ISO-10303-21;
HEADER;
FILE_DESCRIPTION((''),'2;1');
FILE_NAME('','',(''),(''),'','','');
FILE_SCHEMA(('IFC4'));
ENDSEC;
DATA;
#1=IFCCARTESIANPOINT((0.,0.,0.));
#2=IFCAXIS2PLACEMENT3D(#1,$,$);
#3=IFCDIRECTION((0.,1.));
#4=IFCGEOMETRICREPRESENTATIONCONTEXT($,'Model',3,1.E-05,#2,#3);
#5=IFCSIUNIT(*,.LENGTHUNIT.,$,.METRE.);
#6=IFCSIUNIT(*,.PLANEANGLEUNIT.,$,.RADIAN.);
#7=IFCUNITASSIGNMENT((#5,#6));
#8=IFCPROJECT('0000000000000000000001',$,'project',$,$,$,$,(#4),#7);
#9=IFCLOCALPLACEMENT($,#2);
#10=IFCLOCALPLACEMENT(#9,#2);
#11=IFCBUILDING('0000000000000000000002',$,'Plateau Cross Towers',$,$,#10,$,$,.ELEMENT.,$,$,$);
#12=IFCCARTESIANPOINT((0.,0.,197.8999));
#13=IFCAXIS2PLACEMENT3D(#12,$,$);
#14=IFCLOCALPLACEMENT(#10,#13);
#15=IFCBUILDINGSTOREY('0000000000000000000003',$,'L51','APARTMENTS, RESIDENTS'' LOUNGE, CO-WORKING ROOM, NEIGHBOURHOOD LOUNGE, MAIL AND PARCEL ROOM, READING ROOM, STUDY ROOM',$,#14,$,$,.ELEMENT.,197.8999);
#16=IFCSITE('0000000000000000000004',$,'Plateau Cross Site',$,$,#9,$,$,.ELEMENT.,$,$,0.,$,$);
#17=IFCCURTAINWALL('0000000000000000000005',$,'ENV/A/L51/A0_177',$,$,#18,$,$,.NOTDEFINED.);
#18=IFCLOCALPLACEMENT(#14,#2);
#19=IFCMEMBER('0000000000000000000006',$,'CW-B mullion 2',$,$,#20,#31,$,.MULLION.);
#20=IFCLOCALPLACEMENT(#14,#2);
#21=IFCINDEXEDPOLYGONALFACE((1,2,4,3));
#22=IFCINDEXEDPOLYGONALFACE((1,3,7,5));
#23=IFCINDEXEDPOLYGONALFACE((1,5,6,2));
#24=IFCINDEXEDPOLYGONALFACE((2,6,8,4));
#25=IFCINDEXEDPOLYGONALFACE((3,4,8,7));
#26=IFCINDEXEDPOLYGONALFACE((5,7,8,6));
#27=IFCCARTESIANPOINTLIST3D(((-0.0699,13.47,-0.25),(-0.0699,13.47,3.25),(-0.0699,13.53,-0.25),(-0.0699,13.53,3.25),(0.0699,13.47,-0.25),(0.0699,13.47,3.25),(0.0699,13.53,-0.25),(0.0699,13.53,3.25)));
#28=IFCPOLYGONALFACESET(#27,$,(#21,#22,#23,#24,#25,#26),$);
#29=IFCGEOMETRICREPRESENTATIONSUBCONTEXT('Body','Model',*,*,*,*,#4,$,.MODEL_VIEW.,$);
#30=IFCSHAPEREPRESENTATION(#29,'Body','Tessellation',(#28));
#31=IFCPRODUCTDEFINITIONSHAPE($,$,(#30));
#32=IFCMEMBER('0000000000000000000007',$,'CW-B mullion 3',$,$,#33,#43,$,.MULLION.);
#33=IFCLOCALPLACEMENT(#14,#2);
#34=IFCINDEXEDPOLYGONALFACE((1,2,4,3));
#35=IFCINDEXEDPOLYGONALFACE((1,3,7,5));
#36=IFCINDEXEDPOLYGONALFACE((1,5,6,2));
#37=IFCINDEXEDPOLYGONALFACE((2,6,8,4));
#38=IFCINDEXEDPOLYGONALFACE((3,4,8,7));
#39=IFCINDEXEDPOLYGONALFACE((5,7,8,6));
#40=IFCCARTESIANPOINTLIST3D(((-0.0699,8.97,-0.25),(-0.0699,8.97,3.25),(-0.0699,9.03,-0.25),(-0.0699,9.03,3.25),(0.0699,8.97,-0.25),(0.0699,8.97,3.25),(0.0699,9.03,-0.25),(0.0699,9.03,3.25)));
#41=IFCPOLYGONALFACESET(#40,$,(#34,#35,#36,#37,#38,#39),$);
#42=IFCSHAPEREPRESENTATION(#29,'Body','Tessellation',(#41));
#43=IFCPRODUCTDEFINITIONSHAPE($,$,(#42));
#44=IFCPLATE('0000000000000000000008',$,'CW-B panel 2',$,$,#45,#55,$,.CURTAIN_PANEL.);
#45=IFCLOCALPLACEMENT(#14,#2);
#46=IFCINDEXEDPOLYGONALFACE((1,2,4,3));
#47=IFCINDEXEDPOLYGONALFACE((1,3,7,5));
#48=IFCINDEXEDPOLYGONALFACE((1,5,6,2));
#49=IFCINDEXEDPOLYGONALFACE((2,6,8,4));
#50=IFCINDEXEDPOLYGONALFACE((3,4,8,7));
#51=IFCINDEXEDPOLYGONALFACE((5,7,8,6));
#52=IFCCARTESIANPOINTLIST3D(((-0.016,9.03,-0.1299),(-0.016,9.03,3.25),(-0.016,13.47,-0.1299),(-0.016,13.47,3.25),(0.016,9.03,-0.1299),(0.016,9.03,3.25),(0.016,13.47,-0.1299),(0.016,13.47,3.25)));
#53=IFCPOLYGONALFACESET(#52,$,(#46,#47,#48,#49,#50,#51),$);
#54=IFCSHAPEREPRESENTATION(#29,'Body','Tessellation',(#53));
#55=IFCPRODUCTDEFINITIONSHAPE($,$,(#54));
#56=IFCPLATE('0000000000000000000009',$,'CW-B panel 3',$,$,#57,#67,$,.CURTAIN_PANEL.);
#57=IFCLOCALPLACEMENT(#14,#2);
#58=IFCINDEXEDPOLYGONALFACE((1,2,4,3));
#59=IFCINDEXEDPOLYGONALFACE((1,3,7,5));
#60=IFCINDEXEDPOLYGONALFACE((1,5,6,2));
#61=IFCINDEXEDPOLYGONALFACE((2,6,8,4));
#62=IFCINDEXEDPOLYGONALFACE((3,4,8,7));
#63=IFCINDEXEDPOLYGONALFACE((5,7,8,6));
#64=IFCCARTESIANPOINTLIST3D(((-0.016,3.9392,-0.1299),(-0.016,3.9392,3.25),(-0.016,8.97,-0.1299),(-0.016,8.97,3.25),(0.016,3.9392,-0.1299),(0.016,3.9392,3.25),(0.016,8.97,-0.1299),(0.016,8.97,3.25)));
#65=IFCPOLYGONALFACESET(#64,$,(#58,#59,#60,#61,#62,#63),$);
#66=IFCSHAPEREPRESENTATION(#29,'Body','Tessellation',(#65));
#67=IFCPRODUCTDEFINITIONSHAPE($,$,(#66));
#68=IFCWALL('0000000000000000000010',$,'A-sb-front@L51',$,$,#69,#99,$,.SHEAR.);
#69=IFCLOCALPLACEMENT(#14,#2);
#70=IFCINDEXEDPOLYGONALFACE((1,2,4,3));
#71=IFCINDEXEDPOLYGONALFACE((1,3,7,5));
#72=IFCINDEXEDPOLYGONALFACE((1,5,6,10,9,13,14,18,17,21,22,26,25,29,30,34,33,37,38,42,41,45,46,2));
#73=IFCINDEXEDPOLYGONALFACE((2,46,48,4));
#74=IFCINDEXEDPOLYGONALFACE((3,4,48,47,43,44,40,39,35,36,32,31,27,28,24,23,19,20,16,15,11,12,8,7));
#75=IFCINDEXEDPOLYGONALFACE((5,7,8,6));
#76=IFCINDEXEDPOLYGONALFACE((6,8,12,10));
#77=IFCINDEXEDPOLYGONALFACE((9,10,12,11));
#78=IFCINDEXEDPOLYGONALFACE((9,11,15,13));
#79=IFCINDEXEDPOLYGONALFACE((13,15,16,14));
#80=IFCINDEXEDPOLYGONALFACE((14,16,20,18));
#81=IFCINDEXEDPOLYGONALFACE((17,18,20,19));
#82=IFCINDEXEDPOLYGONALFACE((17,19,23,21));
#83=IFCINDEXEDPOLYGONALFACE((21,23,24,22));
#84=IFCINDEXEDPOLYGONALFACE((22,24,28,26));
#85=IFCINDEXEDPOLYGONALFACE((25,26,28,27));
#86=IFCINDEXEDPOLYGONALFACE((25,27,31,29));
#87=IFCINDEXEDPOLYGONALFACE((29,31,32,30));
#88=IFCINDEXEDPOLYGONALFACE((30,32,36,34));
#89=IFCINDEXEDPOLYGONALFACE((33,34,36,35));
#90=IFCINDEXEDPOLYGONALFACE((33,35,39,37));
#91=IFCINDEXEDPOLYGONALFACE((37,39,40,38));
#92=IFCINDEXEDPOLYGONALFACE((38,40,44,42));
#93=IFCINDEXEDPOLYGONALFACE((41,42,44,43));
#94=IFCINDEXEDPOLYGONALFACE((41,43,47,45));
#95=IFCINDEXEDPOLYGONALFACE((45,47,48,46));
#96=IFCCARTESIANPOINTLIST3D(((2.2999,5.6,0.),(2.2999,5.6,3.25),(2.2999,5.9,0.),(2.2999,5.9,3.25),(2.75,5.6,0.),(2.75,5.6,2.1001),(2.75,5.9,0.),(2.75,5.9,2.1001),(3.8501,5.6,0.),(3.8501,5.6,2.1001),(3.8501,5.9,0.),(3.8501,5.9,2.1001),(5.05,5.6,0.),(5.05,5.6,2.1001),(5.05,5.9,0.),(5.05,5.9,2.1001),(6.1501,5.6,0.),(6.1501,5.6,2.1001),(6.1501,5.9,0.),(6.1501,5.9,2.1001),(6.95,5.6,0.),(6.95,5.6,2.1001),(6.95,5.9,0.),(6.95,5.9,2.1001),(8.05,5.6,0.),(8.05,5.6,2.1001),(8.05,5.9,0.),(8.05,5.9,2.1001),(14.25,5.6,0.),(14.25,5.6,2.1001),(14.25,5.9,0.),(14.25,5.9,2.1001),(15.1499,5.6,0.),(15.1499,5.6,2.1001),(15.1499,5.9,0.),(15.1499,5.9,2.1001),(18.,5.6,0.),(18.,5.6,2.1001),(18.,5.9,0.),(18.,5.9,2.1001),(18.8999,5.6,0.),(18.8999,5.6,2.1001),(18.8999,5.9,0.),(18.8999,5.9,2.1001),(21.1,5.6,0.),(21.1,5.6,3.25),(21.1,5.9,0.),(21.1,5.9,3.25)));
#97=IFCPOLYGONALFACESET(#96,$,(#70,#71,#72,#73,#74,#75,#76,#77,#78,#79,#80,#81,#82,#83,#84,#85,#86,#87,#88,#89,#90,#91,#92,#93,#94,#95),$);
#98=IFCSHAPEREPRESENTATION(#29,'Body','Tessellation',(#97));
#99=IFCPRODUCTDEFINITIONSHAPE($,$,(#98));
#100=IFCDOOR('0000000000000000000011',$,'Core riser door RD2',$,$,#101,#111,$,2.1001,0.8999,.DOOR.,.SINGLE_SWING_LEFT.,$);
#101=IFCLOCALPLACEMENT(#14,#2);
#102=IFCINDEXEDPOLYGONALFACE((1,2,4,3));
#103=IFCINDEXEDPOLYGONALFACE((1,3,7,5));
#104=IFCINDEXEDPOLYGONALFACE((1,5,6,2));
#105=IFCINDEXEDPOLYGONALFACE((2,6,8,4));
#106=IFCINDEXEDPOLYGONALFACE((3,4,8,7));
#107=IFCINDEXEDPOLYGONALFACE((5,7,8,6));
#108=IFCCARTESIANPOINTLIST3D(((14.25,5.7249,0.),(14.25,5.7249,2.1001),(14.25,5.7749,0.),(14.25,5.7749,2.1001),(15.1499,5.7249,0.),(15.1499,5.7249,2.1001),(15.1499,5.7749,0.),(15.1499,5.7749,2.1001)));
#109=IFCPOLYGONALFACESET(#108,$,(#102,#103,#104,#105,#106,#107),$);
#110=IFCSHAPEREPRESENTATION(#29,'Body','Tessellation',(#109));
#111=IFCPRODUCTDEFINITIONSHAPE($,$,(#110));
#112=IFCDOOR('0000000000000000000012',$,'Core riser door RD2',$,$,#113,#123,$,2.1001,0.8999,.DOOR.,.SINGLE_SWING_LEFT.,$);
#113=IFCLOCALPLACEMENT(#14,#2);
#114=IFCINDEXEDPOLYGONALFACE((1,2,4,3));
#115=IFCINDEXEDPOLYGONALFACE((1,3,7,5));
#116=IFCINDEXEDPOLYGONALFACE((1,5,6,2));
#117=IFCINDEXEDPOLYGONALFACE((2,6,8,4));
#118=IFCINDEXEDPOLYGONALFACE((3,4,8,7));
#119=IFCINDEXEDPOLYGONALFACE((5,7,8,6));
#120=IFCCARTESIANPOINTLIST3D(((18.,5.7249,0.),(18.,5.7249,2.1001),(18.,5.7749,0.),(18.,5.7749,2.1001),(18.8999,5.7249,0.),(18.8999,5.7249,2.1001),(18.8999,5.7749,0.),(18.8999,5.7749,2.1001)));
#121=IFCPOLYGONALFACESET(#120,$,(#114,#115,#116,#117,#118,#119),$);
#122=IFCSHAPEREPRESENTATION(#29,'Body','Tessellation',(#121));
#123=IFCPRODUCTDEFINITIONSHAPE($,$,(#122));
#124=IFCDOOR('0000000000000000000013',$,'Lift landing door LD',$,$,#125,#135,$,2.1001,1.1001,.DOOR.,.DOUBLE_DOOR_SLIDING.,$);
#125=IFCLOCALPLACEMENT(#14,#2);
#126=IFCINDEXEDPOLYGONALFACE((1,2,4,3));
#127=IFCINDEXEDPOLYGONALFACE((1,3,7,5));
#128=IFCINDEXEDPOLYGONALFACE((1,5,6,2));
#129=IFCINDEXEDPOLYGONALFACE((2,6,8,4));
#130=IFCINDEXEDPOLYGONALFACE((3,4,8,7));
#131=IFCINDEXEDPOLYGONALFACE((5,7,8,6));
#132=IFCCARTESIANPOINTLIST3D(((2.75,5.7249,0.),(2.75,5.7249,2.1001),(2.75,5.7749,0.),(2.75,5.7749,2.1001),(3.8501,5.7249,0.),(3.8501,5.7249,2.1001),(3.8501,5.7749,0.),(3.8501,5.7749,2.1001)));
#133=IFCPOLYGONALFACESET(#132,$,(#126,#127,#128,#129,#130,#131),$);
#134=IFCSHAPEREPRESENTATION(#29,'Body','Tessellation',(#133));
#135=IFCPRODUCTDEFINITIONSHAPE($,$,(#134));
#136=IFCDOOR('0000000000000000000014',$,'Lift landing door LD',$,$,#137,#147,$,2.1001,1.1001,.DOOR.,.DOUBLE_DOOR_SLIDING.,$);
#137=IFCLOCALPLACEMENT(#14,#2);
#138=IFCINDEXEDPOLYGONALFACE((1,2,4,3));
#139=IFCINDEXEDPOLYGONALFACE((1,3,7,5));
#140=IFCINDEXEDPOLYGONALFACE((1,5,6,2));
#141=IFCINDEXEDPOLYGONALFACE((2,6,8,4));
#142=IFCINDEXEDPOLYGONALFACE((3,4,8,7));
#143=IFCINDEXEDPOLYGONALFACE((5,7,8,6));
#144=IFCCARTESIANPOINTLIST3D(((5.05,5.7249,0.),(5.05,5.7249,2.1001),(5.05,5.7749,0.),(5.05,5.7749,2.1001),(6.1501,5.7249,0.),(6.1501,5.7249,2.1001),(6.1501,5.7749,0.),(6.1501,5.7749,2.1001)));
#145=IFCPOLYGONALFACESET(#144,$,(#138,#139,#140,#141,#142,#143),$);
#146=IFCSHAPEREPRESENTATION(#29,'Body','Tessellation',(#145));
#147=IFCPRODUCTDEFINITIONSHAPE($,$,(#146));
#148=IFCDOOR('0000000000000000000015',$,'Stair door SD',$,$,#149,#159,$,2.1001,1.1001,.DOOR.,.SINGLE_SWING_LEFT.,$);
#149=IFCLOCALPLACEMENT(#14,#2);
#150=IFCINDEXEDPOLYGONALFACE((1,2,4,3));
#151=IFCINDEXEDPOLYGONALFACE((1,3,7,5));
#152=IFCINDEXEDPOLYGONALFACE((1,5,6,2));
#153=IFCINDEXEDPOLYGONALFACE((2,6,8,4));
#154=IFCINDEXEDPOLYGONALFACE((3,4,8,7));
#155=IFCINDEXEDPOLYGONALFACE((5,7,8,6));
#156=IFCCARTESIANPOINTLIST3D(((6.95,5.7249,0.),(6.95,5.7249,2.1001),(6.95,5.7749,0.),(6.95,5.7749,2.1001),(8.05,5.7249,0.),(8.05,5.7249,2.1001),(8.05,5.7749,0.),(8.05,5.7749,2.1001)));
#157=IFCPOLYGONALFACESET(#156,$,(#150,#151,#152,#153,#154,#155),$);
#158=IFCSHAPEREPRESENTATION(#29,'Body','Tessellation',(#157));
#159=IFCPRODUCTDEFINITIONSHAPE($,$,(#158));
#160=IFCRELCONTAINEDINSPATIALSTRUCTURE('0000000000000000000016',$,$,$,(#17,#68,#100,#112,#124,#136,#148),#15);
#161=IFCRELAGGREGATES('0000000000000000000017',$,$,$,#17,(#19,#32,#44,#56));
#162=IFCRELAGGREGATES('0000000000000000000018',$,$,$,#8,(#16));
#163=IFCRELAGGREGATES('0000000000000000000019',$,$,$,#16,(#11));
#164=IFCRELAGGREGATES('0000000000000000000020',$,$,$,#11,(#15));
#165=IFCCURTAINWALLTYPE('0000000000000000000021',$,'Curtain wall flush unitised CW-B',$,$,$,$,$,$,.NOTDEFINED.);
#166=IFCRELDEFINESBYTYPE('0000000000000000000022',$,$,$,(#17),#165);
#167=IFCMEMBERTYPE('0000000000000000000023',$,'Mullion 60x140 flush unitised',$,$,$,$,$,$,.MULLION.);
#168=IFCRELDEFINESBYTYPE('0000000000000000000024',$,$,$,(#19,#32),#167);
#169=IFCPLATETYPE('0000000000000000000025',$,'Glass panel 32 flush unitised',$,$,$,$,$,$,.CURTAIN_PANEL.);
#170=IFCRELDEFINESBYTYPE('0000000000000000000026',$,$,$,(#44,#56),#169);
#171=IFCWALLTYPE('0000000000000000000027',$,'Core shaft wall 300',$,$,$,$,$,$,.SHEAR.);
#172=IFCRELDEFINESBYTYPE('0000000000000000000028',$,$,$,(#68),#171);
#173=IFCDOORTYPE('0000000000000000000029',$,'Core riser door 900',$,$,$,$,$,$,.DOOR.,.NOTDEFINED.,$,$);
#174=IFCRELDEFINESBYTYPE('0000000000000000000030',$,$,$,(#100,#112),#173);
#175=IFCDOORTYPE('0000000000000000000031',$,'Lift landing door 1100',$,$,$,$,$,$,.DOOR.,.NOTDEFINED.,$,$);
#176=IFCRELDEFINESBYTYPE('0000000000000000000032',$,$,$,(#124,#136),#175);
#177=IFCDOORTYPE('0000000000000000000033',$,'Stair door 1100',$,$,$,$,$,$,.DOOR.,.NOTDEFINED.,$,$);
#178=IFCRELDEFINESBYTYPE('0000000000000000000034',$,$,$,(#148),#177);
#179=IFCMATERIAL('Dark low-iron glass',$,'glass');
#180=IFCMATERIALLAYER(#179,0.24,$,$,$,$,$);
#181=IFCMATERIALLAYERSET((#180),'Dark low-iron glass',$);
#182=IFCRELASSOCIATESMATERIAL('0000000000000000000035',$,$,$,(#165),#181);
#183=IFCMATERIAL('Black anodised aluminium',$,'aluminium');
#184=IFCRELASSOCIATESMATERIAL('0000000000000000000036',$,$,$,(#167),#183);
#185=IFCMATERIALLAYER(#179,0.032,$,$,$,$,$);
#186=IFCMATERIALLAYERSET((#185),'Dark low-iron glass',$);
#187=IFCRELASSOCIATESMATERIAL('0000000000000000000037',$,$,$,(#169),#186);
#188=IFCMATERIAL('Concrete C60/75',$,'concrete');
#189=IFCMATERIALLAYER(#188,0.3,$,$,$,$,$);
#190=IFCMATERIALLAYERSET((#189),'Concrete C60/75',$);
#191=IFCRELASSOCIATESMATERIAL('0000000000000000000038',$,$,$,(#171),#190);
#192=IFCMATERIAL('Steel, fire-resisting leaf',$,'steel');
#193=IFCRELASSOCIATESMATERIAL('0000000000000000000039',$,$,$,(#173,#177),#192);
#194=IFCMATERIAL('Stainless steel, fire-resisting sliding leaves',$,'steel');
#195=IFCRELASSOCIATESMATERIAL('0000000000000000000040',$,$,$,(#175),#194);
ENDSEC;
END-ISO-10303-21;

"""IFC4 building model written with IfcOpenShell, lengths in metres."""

from ifc_helpers import new_model, si_unit, direction, frame, frame_2d, origin, origin_2d, place, context, subcontext, project, spatial, rectangle, extrude, material, layer, layer_set, material_profile, profile_set, type_object, element, fill, aggregate, save


model = new_model("IFC4")

# Units and contexts
model_context = context("Model", 3, precision=1e-05, world=origin(), true_north=direction((0.0, 1.0)))
body_context = subcontext(model_context, "Body", "Model", "MODEL_VIEW")
ifc_project = project(units=[si_unit("LENGTHUNIT", "METRE"), si_unit("PLANEANGLEUNIT", "RADIAN")], contexts=[model_context])

# Site, building, storey
site_placement = place(None, origin())
site = spatial("IfcSite", under=ifc_project, at=site_placement, Name="Plateau Cross Site", CompositionType="ELEMENT", RefElevation=0.0)
building_placement = place(site_placement, origin())
building = spatial("IfcBuilding", under=site, at=building_placement, Name="Plateau Cross Towers", CompositionType="ELEMENT")
storey_placement = place(building_placement, frame((0.0, 0.0, 197.8999)))
storey = spatial("IfcBuildingStorey", under=building, at=storey_placement, Name="L51", Description="APARTMENTS, RESIDENTS' LOUNGE, CO-WORKING ROOM, NEIGHBOURHOOD LOUNGE, MAIL AND PARCEL ROOM, READING ROOM, STUDY ROOM", CompositionType="ELEMENT", Elevation=197.8999)

# Curtain wall, members, plates
ifc_material_1 = material(Name="Dark low-iron glass", Category="glass")
ifc_layer_1 = layer(ifc_material_1, 0.24)
ifc_layer_set_1 = layer_set([ifc_layer_1], Name="Dark low-iron glass")
curtain_wall_type = type_object("IfcCurtainWallType", Name="Curtain wall flush unitised CW-B", PredefinedType="NOTDEFINED", material=ifc_layer_set_1)
curtain_wall_placement = place(storey_placement, origin())
curtain_wall = element("IfcCurtainWall", 1, at=curtain_wall_placement, inside=storey, type_object=curtain_wall_type, Name="ENV/A/L51/A0_177", PredefinedType="NOTDEFINED")
ifc_material_2 = material(Name="Black anodised aluminium", Category="aluminium")
ifc_material_profile = material_profile(ifc_material_2, rectangle(XDim=0.0601, YDim=0.1399, at=origin_2d()), Name="MULLION 60x140")
ifc_profile_set = profile_set([ifc_material_profile], Name="Black anodised aluminium")
member_type = type_object("IfcMemberType", Name="Mullion 60x140 flush unitised", PredefinedType="MULLION", material=ifc_profile_set)
member_1_placement = place(storey_placement, frame((0.0, 13.5, -0.25), z_axis=(0.0, 0.0, 1.0), x_axis=(0.0, -1.0, 0.0)))
member_1 = element("IfcMember", 2, at=member_1_placement, type_object=member_type, Name="CW-B mullion 2", PredefinedType="MULLION", context=body_context, shape_type="SweptSolid", body=[
    extrude(rectangle(XDim=0.0601, YDim=0.1399, at=origin_2d()), origin(), (0.0, 0.0, 1.0), 3.5),
])
member_2_placement = place(storey_placement, frame((0.0, 9.0, -0.25), z_axis=(0.0, 0.0, 1.0), x_axis=(0.0, -1.0, 0.0)))
member_2 = element("IfcMember", 3, at=member_2_placement, type_object=member_type, Name="CW-B mullion 3", PredefinedType="MULLION", context=body_context, shape_type="SweptSolid", body=[
    extrude(rectangle(XDim=0.0601, YDim=0.1399, at=origin_2d()), origin(), (0.0, 0.0, 1.0), 3.5),
])
ifc_layer_2 = layer(ifc_material_1, 0.032)
ifc_layer_set_2 = layer_set([ifc_layer_2], Name="Dark low-iron glass")
plate_type = type_object("IfcPlateType", Name="Glass panel 32 flush unitised", PredefinedType="CURTAIN_PANEL", material=ifc_layer_set_2)
plate_1_placement = place(storey_placement, frame((0.0, 11.25, -0.1299), z_axis=(0.0, 0.0, 1.0), x_axis=(0.0, -1.0, 0.0)))
plate_1 = element("IfcPlate", 4, at=plate_1_placement, type_object=plate_type, Name="CW-B panel 2", PredefinedType="CURTAIN_PANEL", context=body_context, shape_type="SweptSolid", body=[
    extrude(rectangle(XDim=4.4399, YDim=0.032, at=origin_2d()), origin(), (0.0, 0.0, 1.0), 3.3799),
])
plate_2_placement = place(storey_placement, frame((0.0, 6.4546, -0.1299), z_axis=(0.0, 0.0, 1.0), x_axis=(0.0, -1.0, 0.0)))
plate_2 = element("IfcPlate", 5, at=plate_2_placement, type_object=plate_type, Name="CW-B panel 3", PredefinedType="CURTAIN_PANEL", context=body_context, shape_type="SweptSolid", body=[
    extrude(rectangle(XDim=5.0308, YDim=0.032, at=origin_2d()), origin(), (0.0, 0.0, 1.0), 3.3799),
])
aggregate(curtain_wall, [member_1, member_2, plate_1, plate_2])

# Wall, openings, doors
ifc_material_3 = material(Name="Concrete C60/75", Category="concrete")
ifc_layer_3 = layer(ifc_material_3, 0.3)
ifc_layer_set_3 = layer_set([ifc_layer_3], Name="Concrete C60/75")
wall_type = type_object("IfcWallType", Name="Core shaft wall 300", PredefinedType="SHEAR", material=ifc_layer_set_3)
wall_1_placement = place(storey_placement, frame((2.3, 5.75, 0.0), z_axis=(0.0, 0.0, 1.0), x_axis=(1.0, 0.0, 0.0)))
wall_1 = element("IfcWall", 6, at=wall_1_placement, inside=storey, type_object=wall_type, Name="A-sb-front@L51", PredefinedType="SHEAR", context=body_context, shape_type="SweptSolid", body=[
    extrude(rectangle(XDim=18.8, YDim=0.3, at=frame_2d((9.3999, 0.0))), origin(), (0.0, 0.0, 1.0), 3.25),
])
opening_1_placement = place(wall_1_placement, frame((4.6499, 0.0, 0.0)))
opening_1 = element("IfcOpeningElement", 7, at=opening_1_placement, cuts=wall_1, PredefinedType="OPENING", context=body_context, shape_type="SweptSolid", body=[
    extrude(rectangle(XDim=1.1001, YDim=2.1001, at=frame_2d((0.55, 1.05))), frame((0.0, 0.1599, 0.0), z_axis=(0.0, -1.0, 0.0), x_axis=(1.0, 0.0, 0.0)), (0.0, 0.0, 1.0), 0.3201),
])
opening_2_placement = place(wall_1_placement, frame((0.45, 0.0, 0.0)))
opening_2 = element("IfcOpeningElement", 8, at=opening_2_placement, cuts=wall_1, PredefinedType="OPENING", context=body_context, shape_type="SweptSolid", body=[
    extrude(rectangle(XDim=1.1001, YDim=2.1001, at=frame_2d((0.55, 1.05))), frame((0.0, 0.1599, 0.0), z_axis=(0.0, -1.0, 0.0), x_axis=(1.0, 0.0, 0.0)), (0.0, 0.0, 1.0), 0.3201),
])
opening_3_placement = place(wall_1_placement, frame((2.75, 0.0, 0.0)))
opening_3 = element("IfcOpeningElement", 9, at=opening_3_placement, cuts=wall_1, PredefinedType="OPENING", context=body_context, shape_type="SweptSolid", body=[
    extrude(rectangle(XDim=1.1001, YDim=2.1001, at=frame_2d((0.55, 1.05))), frame((0.0, 0.1599, 0.0), z_axis=(0.0, -1.0, 0.0), x_axis=(1.0, 0.0, 0.0)), (0.0, 0.0, 1.0), 0.3201),
])
opening_4_placement = place(wall_1_placement, frame((11.95, 0.0, 0.0)))
opening_4 = element("IfcOpeningElement", 10, at=opening_4_placement, cuts=wall_1, PredefinedType="OPENING", context=body_context, shape_type="SweptSolid", body=[
    extrude(rectangle(XDim=0.8999, YDim=2.1001, at=frame_2d((0.45, 1.05))), frame((0.0, 0.1599, 0.0), z_axis=(0.0, -1.0, 0.0), x_axis=(1.0, 0.0, 0.0)), (0.0, 0.0, 1.0), 0.3201),
])
opening_5_placement = place(wall_1_placement, frame((15.7, 0.0, 0.0)))
opening_5 = element("IfcOpeningElement", 11, at=opening_5_placement, cuts=wall_1, PredefinedType="OPENING", context=body_context, shape_type="SweptSolid", body=[
    extrude(rectangle(XDim=0.8999, YDim=2.1001, at=frame_2d((0.45, 1.05))), frame((0.0, 0.1599, 0.0), z_axis=(0.0, -1.0, 0.0), x_axis=(1.0, 0.0, 0.0)), (0.0, 0.0, 1.0), 0.3201),
])
ifc_material_4 = material(Name="Steel, fire-resisting leaf", Category="steel")
door_type_1 = type_object("IfcDoorType", Name="Core riser door 900", OperationType="NOTDEFINED", PredefinedType="DOOR", material=ifc_material_4)
door_1_placement = place(opening_4_placement, origin())
door_1 = element("IfcDoor", 12, at=door_1_placement, inside=storey, type_object=door_type_1, Name="Core riser door RD2", OperationType="SINGLE_SWING_LEFT", OverallHeight=2.1001, OverallWidth=0.8999, PredefinedType="DOOR", context=body_context, shape_type="SweptSolid", body=[
    extrude(rectangle(XDim=0.8999, YDim=2.1001, at=frame_2d((0.45, 1.05))), frame((0.0, 0.0249, 0.0), z_axis=(0.0, -1.0, 0.0), x_axis=(1.0, 0.0, 0.0)), (0.0, 0.0, 1.0), 0.05),
])
fill(opening_4, door_1)
door_2_placement = place(opening_5_placement, origin())
door_2 = element("IfcDoor", 13, at=door_2_placement, inside=storey, type_object=door_type_1, Name="Core riser door RD2", OperationType="SINGLE_SWING_LEFT", OverallHeight=2.1001, OverallWidth=0.8999, PredefinedType="DOOR", context=body_context, shape_type="SweptSolid", body=[
    extrude(rectangle(XDim=0.8999, YDim=2.1001, at=frame_2d((0.45, 1.05))), frame((0.0, 0.0249, 0.0), z_axis=(0.0, -1.0, 0.0), x_axis=(1.0, 0.0, 0.0)), (0.0, 0.0, 1.0), 0.05),
])
fill(opening_5, door_2)
ifc_material_5 = material(Name="Stainless steel, fire-resisting sliding leaves", Category="steel")
door_type_2 = type_object("IfcDoorType", Name="Lift landing door 1100", OperationType="NOTDEFINED", PredefinedType="DOOR", material=ifc_material_5)
door_3_placement = place(opening_2_placement, origin())
door_3 = element("IfcDoor", 14, at=door_3_placement, inside=storey, type_object=door_type_2, Name="Lift landing door LD", OperationType="DOUBLE_DOOR_SLIDING", OverallHeight=2.1001, OverallWidth=1.1001, PredefinedType="DOOR", context=body_context, shape_type="SweptSolid", body=[
    extrude(rectangle(XDim=1.1001, YDim=2.1001, at=frame_2d((0.55, 1.05))), frame((0.0, 0.0249, 0.0), z_axis=(0.0, -1.0, 0.0), x_axis=(1.0, 0.0, 0.0)), (0.0, 0.0, 1.0), 0.05),
])
fill(opening_2, door_3)
door_4_placement = place(opening_3_placement, origin())
door_4 = element("IfcDoor", 15, at=door_4_placement, inside=storey, type_object=door_type_2, Name="Lift landing door LD", OperationType="DOUBLE_DOOR_SLIDING", OverallHeight=2.1001, OverallWidth=1.1001, PredefinedType="DOOR", context=body_context, shape_type="SweptSolid", body=[
    extrude(rectangle(XDim=1.1001, YDim=2.1001, at=frame_2d((0.55, 1.05))), frame((0.0, 0.0249, 0.0), z_axis=(0.0, -1.0, 0.0), x_axis=(1.0, 0.0, 0.0)), (0.0, 0.0, 1.0), 0.05),
])
fill(opening_3, door_4)
door_type_3 = type_object("IfcDoorType", Name="Stair door 1100", OperationType="NOTDEFINED", PredefinedType="DOOR", material=ifc_material_4)
door_5_placement = place(opening_1_placement, origin())
door_5 = element("IfcDoor", 16, at=door_5_placement, inside=storey, type_object=door_type_3, Name="Stair door SD", OperationType="SINGLE_SWING_LEFT", OverallHeight=2.1001, OverallWidth=1.1001, PredefinedType="DOOR", context=body_context, shape_type="SweptSolid", body=[
    extrude(rectangle(XDim=1.1001, YDim=2.1001, at=frame_2d((0.55, 1.05))), frame((0.0, 0.0249, 0.0), z_axis=(0.0, -1.0, 0.0), x_axis=(1.0, 0.0, 0.0)), (0.0, 0.0, 1.0), 0.05),
])
fill(opening_1, door_5)

save(model, "model.ifc")
